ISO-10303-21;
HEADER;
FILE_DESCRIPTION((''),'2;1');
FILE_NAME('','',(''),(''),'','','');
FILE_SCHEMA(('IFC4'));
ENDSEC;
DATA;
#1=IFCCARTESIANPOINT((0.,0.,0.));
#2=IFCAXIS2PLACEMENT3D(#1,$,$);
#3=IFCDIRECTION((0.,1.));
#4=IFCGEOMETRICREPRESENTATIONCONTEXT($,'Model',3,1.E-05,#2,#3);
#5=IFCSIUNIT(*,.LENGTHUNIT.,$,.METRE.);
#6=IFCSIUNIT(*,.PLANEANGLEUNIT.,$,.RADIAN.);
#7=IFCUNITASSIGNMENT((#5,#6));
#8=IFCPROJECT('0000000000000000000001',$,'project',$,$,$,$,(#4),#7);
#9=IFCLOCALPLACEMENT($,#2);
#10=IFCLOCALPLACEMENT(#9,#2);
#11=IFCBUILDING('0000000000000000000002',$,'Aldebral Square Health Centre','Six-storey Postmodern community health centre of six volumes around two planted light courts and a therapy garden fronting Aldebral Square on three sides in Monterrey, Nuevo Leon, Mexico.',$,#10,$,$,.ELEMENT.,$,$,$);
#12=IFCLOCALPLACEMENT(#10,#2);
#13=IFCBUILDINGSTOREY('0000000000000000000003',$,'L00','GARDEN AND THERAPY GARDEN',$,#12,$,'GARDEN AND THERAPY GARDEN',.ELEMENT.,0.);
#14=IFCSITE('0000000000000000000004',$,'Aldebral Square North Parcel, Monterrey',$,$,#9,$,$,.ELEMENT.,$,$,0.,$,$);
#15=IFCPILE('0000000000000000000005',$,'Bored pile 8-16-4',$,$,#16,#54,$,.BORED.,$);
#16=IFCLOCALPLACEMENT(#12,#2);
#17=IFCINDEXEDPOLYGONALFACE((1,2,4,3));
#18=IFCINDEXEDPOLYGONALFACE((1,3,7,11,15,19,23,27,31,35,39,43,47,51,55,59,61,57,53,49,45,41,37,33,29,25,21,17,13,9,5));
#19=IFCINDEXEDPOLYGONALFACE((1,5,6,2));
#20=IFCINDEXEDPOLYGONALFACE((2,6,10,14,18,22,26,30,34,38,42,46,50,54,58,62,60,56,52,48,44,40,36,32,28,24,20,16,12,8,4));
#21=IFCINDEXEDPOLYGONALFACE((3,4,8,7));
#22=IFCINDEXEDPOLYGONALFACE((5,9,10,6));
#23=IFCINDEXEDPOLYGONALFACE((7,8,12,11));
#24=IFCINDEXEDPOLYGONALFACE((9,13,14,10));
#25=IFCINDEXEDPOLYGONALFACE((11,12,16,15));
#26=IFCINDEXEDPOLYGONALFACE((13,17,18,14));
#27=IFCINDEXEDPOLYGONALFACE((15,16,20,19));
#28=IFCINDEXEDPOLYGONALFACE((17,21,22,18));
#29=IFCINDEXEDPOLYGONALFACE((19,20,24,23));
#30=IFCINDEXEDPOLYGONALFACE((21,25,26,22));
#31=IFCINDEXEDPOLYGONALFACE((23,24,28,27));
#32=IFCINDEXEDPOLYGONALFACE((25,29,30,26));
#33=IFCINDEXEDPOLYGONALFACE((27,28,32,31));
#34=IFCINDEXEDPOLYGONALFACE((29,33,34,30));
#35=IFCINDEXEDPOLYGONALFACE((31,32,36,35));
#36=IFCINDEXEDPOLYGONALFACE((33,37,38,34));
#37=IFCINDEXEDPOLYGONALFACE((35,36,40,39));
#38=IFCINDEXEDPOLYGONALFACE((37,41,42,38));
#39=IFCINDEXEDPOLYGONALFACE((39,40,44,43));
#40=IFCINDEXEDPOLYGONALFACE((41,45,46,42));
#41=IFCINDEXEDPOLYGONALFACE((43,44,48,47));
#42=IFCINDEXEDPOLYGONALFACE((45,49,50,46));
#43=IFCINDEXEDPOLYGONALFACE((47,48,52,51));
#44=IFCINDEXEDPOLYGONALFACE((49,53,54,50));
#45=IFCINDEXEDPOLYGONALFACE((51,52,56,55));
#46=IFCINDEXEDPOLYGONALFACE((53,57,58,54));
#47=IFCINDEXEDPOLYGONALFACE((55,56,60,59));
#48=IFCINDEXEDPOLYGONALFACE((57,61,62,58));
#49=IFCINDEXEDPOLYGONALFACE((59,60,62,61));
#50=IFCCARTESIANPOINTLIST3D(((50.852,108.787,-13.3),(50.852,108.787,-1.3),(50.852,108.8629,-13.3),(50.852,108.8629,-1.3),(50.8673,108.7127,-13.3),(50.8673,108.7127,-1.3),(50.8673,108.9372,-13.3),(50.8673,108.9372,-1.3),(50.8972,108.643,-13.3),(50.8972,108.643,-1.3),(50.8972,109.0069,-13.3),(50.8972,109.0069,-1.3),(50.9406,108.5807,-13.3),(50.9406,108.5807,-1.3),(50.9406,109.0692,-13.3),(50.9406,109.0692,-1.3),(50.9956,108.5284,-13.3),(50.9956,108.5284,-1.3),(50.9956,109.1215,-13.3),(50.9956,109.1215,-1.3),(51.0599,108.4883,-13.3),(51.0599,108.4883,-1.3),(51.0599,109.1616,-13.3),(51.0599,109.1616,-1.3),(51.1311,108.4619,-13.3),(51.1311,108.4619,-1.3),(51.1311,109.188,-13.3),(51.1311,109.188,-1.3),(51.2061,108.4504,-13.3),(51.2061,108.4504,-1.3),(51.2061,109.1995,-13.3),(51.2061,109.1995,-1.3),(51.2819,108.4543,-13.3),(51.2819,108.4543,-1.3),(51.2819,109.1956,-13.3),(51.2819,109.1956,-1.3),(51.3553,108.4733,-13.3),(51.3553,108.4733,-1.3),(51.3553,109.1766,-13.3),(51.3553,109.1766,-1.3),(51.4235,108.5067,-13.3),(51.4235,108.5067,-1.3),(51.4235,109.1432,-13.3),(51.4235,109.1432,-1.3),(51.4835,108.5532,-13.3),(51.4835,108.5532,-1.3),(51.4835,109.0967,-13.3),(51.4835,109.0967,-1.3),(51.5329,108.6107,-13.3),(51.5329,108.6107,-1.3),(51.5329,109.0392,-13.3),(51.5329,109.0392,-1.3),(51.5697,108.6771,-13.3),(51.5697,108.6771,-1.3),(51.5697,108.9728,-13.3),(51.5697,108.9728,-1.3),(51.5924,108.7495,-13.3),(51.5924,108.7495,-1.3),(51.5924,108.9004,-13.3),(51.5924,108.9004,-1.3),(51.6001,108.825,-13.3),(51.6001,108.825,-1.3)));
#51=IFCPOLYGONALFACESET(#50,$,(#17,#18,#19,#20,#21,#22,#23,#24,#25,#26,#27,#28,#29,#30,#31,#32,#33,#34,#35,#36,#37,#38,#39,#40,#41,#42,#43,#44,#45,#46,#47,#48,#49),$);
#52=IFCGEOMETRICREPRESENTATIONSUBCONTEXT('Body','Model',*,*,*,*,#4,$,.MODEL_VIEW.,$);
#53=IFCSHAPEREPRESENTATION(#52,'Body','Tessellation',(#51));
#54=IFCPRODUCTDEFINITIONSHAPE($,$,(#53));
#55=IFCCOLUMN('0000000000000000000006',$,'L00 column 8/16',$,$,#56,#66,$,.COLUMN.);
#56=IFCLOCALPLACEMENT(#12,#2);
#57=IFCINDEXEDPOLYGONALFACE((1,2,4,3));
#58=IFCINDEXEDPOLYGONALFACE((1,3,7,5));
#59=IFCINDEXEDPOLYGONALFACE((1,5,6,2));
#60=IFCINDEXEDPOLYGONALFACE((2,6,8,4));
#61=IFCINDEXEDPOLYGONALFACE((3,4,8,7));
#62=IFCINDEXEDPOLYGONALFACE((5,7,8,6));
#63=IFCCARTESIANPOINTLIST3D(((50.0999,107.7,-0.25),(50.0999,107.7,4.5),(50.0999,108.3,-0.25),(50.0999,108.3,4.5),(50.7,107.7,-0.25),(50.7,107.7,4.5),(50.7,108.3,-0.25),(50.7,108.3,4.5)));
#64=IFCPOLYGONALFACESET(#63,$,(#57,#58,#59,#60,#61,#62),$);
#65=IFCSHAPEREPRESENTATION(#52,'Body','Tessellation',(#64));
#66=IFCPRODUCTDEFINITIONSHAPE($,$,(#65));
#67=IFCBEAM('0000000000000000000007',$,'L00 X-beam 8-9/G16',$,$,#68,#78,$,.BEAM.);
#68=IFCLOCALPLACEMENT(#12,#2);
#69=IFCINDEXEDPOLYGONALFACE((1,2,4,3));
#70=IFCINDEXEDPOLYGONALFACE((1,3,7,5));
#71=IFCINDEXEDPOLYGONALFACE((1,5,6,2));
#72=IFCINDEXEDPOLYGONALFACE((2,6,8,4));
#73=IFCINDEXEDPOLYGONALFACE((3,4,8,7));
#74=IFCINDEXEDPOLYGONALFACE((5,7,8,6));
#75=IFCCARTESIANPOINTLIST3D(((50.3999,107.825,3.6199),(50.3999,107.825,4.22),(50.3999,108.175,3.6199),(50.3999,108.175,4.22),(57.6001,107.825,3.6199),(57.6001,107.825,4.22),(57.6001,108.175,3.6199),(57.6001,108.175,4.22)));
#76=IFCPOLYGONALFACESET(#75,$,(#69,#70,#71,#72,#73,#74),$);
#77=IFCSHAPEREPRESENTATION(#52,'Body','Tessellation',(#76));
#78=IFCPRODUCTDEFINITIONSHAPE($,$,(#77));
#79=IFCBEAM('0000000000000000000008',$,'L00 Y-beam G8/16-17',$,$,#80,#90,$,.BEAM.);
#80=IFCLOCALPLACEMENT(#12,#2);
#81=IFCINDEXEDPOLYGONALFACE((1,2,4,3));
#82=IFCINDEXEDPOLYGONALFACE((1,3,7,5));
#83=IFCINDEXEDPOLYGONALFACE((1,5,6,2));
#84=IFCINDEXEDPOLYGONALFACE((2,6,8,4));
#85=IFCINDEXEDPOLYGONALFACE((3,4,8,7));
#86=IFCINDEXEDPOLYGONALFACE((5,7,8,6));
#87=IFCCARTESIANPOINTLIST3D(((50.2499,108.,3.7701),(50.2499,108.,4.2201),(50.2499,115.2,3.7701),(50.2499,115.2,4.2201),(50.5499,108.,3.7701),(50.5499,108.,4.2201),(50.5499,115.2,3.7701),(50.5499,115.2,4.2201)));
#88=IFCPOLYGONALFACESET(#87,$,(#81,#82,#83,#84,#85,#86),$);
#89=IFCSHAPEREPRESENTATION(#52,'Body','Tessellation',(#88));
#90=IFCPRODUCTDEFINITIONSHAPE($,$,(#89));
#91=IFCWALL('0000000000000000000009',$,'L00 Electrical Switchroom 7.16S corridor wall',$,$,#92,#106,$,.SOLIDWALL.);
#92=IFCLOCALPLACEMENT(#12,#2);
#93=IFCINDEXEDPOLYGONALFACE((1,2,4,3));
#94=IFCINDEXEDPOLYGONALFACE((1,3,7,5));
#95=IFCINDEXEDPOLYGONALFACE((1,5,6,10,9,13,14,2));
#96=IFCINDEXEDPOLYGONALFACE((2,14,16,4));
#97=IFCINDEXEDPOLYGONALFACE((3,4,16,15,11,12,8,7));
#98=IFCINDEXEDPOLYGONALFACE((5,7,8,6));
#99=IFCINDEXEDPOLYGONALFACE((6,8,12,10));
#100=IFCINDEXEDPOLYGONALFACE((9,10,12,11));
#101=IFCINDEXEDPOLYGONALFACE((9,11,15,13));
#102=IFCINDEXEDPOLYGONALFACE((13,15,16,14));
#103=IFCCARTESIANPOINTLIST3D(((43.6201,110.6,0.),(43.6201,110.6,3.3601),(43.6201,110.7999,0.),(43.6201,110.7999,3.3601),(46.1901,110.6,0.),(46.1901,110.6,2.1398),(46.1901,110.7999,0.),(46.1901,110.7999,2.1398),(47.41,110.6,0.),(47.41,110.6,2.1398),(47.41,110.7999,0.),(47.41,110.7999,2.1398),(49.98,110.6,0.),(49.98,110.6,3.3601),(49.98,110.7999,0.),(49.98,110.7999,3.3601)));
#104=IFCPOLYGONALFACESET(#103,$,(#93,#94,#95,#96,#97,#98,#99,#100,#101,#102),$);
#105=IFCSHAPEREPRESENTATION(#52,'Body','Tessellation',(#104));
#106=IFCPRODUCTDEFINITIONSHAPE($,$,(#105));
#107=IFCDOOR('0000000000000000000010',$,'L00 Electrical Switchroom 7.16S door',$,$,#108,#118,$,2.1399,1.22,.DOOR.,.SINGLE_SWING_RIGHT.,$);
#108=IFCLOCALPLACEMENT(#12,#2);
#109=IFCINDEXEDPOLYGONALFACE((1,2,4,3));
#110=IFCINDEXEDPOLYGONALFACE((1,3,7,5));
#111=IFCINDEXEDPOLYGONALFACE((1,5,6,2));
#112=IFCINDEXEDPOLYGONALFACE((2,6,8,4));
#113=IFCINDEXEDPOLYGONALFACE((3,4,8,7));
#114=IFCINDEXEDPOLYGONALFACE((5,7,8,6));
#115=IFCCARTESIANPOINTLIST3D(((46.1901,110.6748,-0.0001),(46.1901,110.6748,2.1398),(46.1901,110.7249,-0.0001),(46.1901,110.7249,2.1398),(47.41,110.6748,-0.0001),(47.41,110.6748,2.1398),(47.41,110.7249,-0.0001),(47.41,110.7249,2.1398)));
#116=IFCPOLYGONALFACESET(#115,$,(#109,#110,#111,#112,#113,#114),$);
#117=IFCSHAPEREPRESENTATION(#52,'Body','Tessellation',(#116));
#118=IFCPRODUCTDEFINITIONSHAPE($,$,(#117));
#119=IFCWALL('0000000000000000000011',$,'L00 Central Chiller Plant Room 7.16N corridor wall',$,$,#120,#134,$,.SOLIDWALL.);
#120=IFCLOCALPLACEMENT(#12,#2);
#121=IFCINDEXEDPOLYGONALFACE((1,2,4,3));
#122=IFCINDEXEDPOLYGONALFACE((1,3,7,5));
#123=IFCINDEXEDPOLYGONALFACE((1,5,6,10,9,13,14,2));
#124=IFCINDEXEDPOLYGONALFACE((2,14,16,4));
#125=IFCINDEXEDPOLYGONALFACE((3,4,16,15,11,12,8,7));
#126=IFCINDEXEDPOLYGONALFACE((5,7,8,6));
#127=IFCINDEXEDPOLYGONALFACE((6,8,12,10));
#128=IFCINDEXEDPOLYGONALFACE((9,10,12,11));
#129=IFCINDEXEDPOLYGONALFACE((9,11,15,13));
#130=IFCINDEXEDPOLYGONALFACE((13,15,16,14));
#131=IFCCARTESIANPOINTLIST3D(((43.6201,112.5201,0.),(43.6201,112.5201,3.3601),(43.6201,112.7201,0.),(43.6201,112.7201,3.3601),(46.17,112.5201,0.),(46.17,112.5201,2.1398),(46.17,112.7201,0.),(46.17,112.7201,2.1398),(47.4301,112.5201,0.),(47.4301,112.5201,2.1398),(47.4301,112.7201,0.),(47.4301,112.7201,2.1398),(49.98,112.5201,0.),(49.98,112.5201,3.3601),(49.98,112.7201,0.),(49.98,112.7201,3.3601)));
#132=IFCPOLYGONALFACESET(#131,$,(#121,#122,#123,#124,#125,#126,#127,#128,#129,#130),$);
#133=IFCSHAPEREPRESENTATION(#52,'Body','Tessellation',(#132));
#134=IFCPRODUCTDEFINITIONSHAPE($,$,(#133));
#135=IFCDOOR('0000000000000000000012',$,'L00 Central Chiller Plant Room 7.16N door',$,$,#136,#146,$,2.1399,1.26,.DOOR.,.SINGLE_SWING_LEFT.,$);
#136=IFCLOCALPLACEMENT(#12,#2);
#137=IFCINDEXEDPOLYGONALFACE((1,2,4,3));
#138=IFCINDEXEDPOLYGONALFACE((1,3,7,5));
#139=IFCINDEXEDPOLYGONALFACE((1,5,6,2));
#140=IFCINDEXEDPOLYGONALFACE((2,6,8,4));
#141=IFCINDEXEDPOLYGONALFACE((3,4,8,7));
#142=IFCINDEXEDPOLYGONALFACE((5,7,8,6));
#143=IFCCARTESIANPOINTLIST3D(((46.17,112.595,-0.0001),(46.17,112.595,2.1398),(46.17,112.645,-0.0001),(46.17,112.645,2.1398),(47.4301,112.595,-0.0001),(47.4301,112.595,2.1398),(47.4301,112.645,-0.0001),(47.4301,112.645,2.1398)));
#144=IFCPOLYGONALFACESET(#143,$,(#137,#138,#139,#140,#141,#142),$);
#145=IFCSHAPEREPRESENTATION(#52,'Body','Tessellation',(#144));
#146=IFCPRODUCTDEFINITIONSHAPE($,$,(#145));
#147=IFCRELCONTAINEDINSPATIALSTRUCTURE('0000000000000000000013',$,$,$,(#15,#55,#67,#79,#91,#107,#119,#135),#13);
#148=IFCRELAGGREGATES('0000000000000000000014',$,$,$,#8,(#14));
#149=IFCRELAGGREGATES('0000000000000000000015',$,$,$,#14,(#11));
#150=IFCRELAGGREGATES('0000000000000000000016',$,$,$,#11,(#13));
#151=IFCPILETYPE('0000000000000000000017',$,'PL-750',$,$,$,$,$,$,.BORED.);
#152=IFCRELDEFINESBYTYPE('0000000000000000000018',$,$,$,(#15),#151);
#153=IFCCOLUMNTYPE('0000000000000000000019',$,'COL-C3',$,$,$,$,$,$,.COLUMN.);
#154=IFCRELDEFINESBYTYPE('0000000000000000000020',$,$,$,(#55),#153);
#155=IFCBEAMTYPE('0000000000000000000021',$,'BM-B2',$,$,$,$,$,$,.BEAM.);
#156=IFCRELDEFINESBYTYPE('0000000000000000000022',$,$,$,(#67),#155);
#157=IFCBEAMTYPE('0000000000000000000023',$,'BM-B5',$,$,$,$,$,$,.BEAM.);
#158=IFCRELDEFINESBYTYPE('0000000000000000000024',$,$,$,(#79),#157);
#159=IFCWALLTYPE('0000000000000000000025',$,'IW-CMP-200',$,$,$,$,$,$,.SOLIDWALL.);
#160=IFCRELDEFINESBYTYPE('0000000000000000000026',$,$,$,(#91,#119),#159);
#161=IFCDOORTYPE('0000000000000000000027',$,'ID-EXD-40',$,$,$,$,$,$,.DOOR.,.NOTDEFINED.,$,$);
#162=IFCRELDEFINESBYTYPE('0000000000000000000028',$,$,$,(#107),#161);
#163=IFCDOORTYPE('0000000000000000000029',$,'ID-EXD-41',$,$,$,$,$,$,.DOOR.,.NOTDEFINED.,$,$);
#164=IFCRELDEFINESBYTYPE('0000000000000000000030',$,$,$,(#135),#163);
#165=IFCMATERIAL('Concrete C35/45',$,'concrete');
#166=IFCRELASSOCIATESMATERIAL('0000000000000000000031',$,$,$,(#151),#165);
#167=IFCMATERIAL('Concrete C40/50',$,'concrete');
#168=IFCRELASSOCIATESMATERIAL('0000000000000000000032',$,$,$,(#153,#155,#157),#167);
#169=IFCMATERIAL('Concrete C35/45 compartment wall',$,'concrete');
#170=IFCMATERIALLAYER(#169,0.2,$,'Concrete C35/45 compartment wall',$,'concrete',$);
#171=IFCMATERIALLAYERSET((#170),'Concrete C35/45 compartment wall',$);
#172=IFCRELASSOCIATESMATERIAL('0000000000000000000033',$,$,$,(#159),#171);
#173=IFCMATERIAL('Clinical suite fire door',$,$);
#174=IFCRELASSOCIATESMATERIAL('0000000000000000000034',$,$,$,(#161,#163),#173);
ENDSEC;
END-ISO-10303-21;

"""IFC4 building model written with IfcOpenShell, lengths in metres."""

from ifc_helpers import new_model, si_unit, direction, frame, frame_2d, origin, origin_2d, place, context, subcontext, project, spatial, rectangle, circle, extrude, material, layer, layer_set, material_profile, profile_set, type_object, element, fill, save


model = new_model("IFC4")

# Units and contexts
model_context = context("Model", 3, precision=1e-05, world=origin(), true_north=direction((0.0, 1.0)))
body_context = subcontext(model_context, "Body", "Model", "MODEL_VIEW")
ifc_project = project(units=[si_unit("LENGTHUNIT", "METRE"), si_unit("PLANEANGLEUNIT", "RADIAN")], contexts=[model_context])

# Site, building, storey
site_placement = place(None, origin())
site = spatial("IfcSite", under=ifc_project, at=site_placement, Name="Aldebral Square North Parcel, Monterrey", CompositionType="ELEMENT", RefElevation=0.0)
building_placement = place(site_placement, origin())
building = spatial("IfcBuilding", under=site, at=building_placement, Name="Aldebral Square Health Centre", Description="Six-storey Postmodern community health centre of six volumes around two planted light courts and a therapy garden fronting Aldebral Square on three sides in Monterrey, Nuevo Leon, Mexico.", CompositionType="ELEMENT")
storey_placement = place(building_placement, origin())
storey = spatial("IfcBuildingStorey", under=building, at=storey_placement, Name="L00", Description="GARDEN AND THERAPY GARDEN", LongName="GARDEN AND THERAPY GARDEN", CompositionType="ELEMENT", Elevation=0.0)

# Shared definitions
ifc_material_1 = material(Name="Concrete C35/45", Category="concrete")

# Pile
ifc_material_profile_1 = material_profile(ifc_material_1, circle(Radius=0.375, at=origin_2d()), Name="PILE D750")
ifc_profile_set_1 = profile_set([ifc_material_profile_1], Name="Concrete C35/45")
pile_type = type_object("IfcPileType", Name="PL-750", PredefinedType="BORED", material=ifc_profile_set_1)
for number, where, z_axis, x_axis, name in (
    (1, (51.2251, 108.825, -1.3), (0.0, 0.0, -1.0), (1.0, 0.0, 0.0), "Bored pile 8-16-4"),
):
    element("IfcPile", number, at=place(storey_placement, frame(where, z_axis=z_axis, x_axis=x_axis)), inside=storey, type_object=pile_type, Name=name, PredefinedType="BORED", context=body_context, shape_type="SweptSolid", body=[
        extrude(circle(Radius=0.375, at=origin_2d()), origin(), (0.0, 0.0, 1.0), 12.0),
    ])

# Column
ifc_material_2 = material(Name="Concrete C40/50", Category="concrete")
ifc_material_profile_2 = material_profile(ifc_material_2, rectangle(XDim=0.6001, YDim=0.6001, at=origin_2d()), Name="RC 600x600")
ifc_profile_set_2 = profile_set([ifc_material_profile_2], Name="Concrete C40/50")
column_type = type_object("IfcColumnType", Name="COL-C3", PredefinedType="COLUMN", material=ifc_profile_set_2)
column_placement = place(storey_placement, frame((50.3999, 108.0, -0.25), z_axis=(0.0, 0.0, 1.0), x_axis=(1.0, 0.0, 0.0)))
element("IfcColumn", 2, at=column_placement, inside=storey, type_object=column_type, Name="L00 column 8/16", PredefinedType="COLUMN", context=body_context, shape_type="SweptSolid", body=[
    extrude(rectangle(XDim=0.6001, YDim=0.6001, at=origin_2d()), origin(), (0.0, 0.0, 1.0), 4.75),
])

# Beams
ifc_material_profile_3 = material_profile(ifc_material_2, rectangle(XDim=0.3501, YDim=0.6001, at=origin_2d()), Name="RC 350x600")
ifc_profile_set_3 = profile_set([ifc_material_profile_3], Name="Concrete C40/50")
beam_type_1 = type_object("IfcBeamType", Name="BM-B2", PredefinedType="BEAM", material=ifc_profile_set_3)
beam_1_placement = place(storey_placement, frame((50.3999, 108.0, 3.9199), z_axis=(1.0, 0.0, 0.0), x_axis=(0.0, 1.0, 0.0)))
element("IfcBeam", 3, at=beam_1_placement, inside=storey, type_object=beam_type_1, Name="L00 X-beam 8-9/G16", PredefinedType="BEAM", context=body_context, shape_type="SweptSolid", body=[
    extrude(rectangle(XDim=0.3501, YDim=0.6001, at=origin_2d()), origin(), (0.0, 0.0, 1.0), 7.2002),
])
ifc_material_profile_4 = material_profile(ifc_material_2, rectangle(XDim=0.3, YDim=0.45, at=origin_2d()), Name="RC 300x450")
ifc_profile_set_4 = profile_set([ifc_material_profile_4], Name="Concrete C40/50")
beam_type_2 = type_object("IfcBeamType", Name="BM-B5", PredefinedType="BEAM", material=ifc_profile_set_4)
beam_2_placement = place(storey_placement, frame((50.3999, 108.0, 3.9951), z_axis=(0.0, 1.0, 0.0), x_axis=(-1.0, 0.0, 0.0)))
element("IfcBeam", 4, at=beam_2_placement, inside=storey, type_object=beam_type_2, Name="L00 Y-beam G8/16-17", PredefinedType="BEAM", context=body_context, shape_type="SweptSolid", body=[
    extrude(rectangle(XDim=0.3, YDim=0.45, at=origin_2d()), origin(), (0.0, 0.0, 1.0), 7.2),
])

# Walls, openings, doors
ifc_material_3 = material(Name="Concrete C35/45 compartment wall", Category="concrete")
ifc_layer_1 = layer(ifc_material_3, 0.2, Name="Concrete C35/45 compartment wall", Category="concrete")
ifc_layer_set_1 = layer_set([ifc_layer_1], Name="Concrete C35/45 compartment wall")
wall_type_1 = type_object("IfcWallType", Name="IW-CMP-200", PredefinedType="SOLIDWALL", material=ifc_layer_set_1)
wall_1_placement = place(storey_placement, frame((43.6201, 110.7, 0.0), z_axis=(0.0, 0.0, 1.0), x_axis=(1.0, 0.0, 0.0)))
wall_1 = element("IfcWall", 5, at=wall_1_placement, inside=storey, type_object=wall_type_1, Name="L00 Electrical Switchroom 7.16S corridor wall", PredefinedType="SOLIDWALL", context=body_context, shape_type="SweptSolid", body=[
    extrude(rectangle(XDim=6.3599, YDim=0.2, at=frame_2d((3.1799, 0.0))), origin(), (0.0, 0.0, 1.0), 3.3601),
])
opening_1_placement = place(wall_1_placement, frame((2.5701, 0.0, 0.0)))
opening_1 = element("IfcOpeningElement", 6, at=opening_1_placement, cuts=wall_1, PredefinedType="OPENING", context=body_context, shape_type="SweptSolid", body=[
    extrude(rectangle(XDim=1.22, YDim=2.1399, at=frame_2d((0.6099, 1.0698))), frame((0.0, 0.1099, 0.0), z_axis=(0.0, -1.0, 0.0), x_axis=(1.0, 0.0, 0.0)), (0.0, 0.0, 1.0), 0.22),
])
ifc_material_4 = material(Name="Clinical suite fire door")
door_type_1 = type_object("IfcDoorType", Name="ID-EXD-40", OperationType="NOTDEFINED", PredefinedType="DOOR", material=ifc_material_4)
door_1_placement = place(opening_1_placement, origin())
door_1 = element("IfcDoor", 7, at=door_1_placement, inside=storey, type_object=door_type_1, Name="L00 Electrical Switchroom 7.16S door", OperationType="SINGLE_SWING_RIGHT", OverallHeight=2.1399, OverallWidth=1.22, PredefinedType="DOOR", context=body_context, shape_type="SweptSolid", body=[
    extrude(rectangle(XDim=1.22, YDim=2.1399, at=frame_2d((0.6099, 1.0698))), frame((0.0, 0.0249, 0.0), z_axis=(0.0, -1.0, 0.0), x_axis=(1.0, 0.0, 0.0)), (0.0, 0.0, 1.0), 0.05),
])
fill(opening_1, door_1)
wall_2_placement = place(storey_placement, frame((43.6201, 112.6201, 0.0), z_axis=(0.0, 0.0, 1.0), x_axis=(1.0, 0.0, 0.0)))
wall_2 = element("IfcWall", 8, at=wall_2_placement, inside=storey, type_object=wall_type_1, Name="L00 Central Chiller Plant Room 7.16N corridor wall", PredefinedType="SOLIDWALL", context=body_context, shape_type="SweptSolid", body=[
    extrude(rectangle(XDim=6.3599, YDim=0.2, at=frame_2d((3.1799, 0.0))), origin(), (0.0, 0.0, 1.0), 3.3601),
])
opening_2_placement = place(wall_2_placement, frame((2.55, 0.0, 0.0)))
opening_2 = element("IfcOpeningElement", 9, at=opening_2_placement, cuts=wall_2, PredefinedType="OPENING", context=body_context, shape_type="SweptSolid", body=[
    extrude(rectangle(XDim=1.26, YDim=2.1399, at=frame_2d((0.6299, 1.0698))), frame((0.0, 0.1099, 0.0), z_axis=(0.0, -1.0, 0.0), x_axis=(1.0, 0.0, 0.0)), (0.0, 0.0, 1.0), 0.22),
])
door_type_2 = type_object("IfcDoorType", Name="ID-EXD-41", OperationType="NOTDEFINED", PredefinedType="DOOR", material=ifc_material_4)
door_2_placement = place(opening_2_placement, origin())
door_2 = element("IfcDoor", 10, at=door_2_placement, inside=storey, type_object=door_type_2, Name="L00 Central Chiller Plant Room 7.16N door", OperationType="SINGLE_SWING_LEFT", OverallHeight=2.1399, OverallWidth=1.26, PredefinedType="DOOR", context=body_context, shape_type="SweptSolid", body=[
    extrude(rectangle(XDim=1.26, YDim=2.1399, at=frame_2d((0.6299, 1.0698))), frame((0.0, 0.0249, 0.0), z_axis=(0.0, -1.0, 0.0), x_axis=(1.0, 0.0, 0.0)), (0.0, 0.0, 1.0), 0.05),
])
fill(opening_2, door_2)

save(model, "model.ifc")
